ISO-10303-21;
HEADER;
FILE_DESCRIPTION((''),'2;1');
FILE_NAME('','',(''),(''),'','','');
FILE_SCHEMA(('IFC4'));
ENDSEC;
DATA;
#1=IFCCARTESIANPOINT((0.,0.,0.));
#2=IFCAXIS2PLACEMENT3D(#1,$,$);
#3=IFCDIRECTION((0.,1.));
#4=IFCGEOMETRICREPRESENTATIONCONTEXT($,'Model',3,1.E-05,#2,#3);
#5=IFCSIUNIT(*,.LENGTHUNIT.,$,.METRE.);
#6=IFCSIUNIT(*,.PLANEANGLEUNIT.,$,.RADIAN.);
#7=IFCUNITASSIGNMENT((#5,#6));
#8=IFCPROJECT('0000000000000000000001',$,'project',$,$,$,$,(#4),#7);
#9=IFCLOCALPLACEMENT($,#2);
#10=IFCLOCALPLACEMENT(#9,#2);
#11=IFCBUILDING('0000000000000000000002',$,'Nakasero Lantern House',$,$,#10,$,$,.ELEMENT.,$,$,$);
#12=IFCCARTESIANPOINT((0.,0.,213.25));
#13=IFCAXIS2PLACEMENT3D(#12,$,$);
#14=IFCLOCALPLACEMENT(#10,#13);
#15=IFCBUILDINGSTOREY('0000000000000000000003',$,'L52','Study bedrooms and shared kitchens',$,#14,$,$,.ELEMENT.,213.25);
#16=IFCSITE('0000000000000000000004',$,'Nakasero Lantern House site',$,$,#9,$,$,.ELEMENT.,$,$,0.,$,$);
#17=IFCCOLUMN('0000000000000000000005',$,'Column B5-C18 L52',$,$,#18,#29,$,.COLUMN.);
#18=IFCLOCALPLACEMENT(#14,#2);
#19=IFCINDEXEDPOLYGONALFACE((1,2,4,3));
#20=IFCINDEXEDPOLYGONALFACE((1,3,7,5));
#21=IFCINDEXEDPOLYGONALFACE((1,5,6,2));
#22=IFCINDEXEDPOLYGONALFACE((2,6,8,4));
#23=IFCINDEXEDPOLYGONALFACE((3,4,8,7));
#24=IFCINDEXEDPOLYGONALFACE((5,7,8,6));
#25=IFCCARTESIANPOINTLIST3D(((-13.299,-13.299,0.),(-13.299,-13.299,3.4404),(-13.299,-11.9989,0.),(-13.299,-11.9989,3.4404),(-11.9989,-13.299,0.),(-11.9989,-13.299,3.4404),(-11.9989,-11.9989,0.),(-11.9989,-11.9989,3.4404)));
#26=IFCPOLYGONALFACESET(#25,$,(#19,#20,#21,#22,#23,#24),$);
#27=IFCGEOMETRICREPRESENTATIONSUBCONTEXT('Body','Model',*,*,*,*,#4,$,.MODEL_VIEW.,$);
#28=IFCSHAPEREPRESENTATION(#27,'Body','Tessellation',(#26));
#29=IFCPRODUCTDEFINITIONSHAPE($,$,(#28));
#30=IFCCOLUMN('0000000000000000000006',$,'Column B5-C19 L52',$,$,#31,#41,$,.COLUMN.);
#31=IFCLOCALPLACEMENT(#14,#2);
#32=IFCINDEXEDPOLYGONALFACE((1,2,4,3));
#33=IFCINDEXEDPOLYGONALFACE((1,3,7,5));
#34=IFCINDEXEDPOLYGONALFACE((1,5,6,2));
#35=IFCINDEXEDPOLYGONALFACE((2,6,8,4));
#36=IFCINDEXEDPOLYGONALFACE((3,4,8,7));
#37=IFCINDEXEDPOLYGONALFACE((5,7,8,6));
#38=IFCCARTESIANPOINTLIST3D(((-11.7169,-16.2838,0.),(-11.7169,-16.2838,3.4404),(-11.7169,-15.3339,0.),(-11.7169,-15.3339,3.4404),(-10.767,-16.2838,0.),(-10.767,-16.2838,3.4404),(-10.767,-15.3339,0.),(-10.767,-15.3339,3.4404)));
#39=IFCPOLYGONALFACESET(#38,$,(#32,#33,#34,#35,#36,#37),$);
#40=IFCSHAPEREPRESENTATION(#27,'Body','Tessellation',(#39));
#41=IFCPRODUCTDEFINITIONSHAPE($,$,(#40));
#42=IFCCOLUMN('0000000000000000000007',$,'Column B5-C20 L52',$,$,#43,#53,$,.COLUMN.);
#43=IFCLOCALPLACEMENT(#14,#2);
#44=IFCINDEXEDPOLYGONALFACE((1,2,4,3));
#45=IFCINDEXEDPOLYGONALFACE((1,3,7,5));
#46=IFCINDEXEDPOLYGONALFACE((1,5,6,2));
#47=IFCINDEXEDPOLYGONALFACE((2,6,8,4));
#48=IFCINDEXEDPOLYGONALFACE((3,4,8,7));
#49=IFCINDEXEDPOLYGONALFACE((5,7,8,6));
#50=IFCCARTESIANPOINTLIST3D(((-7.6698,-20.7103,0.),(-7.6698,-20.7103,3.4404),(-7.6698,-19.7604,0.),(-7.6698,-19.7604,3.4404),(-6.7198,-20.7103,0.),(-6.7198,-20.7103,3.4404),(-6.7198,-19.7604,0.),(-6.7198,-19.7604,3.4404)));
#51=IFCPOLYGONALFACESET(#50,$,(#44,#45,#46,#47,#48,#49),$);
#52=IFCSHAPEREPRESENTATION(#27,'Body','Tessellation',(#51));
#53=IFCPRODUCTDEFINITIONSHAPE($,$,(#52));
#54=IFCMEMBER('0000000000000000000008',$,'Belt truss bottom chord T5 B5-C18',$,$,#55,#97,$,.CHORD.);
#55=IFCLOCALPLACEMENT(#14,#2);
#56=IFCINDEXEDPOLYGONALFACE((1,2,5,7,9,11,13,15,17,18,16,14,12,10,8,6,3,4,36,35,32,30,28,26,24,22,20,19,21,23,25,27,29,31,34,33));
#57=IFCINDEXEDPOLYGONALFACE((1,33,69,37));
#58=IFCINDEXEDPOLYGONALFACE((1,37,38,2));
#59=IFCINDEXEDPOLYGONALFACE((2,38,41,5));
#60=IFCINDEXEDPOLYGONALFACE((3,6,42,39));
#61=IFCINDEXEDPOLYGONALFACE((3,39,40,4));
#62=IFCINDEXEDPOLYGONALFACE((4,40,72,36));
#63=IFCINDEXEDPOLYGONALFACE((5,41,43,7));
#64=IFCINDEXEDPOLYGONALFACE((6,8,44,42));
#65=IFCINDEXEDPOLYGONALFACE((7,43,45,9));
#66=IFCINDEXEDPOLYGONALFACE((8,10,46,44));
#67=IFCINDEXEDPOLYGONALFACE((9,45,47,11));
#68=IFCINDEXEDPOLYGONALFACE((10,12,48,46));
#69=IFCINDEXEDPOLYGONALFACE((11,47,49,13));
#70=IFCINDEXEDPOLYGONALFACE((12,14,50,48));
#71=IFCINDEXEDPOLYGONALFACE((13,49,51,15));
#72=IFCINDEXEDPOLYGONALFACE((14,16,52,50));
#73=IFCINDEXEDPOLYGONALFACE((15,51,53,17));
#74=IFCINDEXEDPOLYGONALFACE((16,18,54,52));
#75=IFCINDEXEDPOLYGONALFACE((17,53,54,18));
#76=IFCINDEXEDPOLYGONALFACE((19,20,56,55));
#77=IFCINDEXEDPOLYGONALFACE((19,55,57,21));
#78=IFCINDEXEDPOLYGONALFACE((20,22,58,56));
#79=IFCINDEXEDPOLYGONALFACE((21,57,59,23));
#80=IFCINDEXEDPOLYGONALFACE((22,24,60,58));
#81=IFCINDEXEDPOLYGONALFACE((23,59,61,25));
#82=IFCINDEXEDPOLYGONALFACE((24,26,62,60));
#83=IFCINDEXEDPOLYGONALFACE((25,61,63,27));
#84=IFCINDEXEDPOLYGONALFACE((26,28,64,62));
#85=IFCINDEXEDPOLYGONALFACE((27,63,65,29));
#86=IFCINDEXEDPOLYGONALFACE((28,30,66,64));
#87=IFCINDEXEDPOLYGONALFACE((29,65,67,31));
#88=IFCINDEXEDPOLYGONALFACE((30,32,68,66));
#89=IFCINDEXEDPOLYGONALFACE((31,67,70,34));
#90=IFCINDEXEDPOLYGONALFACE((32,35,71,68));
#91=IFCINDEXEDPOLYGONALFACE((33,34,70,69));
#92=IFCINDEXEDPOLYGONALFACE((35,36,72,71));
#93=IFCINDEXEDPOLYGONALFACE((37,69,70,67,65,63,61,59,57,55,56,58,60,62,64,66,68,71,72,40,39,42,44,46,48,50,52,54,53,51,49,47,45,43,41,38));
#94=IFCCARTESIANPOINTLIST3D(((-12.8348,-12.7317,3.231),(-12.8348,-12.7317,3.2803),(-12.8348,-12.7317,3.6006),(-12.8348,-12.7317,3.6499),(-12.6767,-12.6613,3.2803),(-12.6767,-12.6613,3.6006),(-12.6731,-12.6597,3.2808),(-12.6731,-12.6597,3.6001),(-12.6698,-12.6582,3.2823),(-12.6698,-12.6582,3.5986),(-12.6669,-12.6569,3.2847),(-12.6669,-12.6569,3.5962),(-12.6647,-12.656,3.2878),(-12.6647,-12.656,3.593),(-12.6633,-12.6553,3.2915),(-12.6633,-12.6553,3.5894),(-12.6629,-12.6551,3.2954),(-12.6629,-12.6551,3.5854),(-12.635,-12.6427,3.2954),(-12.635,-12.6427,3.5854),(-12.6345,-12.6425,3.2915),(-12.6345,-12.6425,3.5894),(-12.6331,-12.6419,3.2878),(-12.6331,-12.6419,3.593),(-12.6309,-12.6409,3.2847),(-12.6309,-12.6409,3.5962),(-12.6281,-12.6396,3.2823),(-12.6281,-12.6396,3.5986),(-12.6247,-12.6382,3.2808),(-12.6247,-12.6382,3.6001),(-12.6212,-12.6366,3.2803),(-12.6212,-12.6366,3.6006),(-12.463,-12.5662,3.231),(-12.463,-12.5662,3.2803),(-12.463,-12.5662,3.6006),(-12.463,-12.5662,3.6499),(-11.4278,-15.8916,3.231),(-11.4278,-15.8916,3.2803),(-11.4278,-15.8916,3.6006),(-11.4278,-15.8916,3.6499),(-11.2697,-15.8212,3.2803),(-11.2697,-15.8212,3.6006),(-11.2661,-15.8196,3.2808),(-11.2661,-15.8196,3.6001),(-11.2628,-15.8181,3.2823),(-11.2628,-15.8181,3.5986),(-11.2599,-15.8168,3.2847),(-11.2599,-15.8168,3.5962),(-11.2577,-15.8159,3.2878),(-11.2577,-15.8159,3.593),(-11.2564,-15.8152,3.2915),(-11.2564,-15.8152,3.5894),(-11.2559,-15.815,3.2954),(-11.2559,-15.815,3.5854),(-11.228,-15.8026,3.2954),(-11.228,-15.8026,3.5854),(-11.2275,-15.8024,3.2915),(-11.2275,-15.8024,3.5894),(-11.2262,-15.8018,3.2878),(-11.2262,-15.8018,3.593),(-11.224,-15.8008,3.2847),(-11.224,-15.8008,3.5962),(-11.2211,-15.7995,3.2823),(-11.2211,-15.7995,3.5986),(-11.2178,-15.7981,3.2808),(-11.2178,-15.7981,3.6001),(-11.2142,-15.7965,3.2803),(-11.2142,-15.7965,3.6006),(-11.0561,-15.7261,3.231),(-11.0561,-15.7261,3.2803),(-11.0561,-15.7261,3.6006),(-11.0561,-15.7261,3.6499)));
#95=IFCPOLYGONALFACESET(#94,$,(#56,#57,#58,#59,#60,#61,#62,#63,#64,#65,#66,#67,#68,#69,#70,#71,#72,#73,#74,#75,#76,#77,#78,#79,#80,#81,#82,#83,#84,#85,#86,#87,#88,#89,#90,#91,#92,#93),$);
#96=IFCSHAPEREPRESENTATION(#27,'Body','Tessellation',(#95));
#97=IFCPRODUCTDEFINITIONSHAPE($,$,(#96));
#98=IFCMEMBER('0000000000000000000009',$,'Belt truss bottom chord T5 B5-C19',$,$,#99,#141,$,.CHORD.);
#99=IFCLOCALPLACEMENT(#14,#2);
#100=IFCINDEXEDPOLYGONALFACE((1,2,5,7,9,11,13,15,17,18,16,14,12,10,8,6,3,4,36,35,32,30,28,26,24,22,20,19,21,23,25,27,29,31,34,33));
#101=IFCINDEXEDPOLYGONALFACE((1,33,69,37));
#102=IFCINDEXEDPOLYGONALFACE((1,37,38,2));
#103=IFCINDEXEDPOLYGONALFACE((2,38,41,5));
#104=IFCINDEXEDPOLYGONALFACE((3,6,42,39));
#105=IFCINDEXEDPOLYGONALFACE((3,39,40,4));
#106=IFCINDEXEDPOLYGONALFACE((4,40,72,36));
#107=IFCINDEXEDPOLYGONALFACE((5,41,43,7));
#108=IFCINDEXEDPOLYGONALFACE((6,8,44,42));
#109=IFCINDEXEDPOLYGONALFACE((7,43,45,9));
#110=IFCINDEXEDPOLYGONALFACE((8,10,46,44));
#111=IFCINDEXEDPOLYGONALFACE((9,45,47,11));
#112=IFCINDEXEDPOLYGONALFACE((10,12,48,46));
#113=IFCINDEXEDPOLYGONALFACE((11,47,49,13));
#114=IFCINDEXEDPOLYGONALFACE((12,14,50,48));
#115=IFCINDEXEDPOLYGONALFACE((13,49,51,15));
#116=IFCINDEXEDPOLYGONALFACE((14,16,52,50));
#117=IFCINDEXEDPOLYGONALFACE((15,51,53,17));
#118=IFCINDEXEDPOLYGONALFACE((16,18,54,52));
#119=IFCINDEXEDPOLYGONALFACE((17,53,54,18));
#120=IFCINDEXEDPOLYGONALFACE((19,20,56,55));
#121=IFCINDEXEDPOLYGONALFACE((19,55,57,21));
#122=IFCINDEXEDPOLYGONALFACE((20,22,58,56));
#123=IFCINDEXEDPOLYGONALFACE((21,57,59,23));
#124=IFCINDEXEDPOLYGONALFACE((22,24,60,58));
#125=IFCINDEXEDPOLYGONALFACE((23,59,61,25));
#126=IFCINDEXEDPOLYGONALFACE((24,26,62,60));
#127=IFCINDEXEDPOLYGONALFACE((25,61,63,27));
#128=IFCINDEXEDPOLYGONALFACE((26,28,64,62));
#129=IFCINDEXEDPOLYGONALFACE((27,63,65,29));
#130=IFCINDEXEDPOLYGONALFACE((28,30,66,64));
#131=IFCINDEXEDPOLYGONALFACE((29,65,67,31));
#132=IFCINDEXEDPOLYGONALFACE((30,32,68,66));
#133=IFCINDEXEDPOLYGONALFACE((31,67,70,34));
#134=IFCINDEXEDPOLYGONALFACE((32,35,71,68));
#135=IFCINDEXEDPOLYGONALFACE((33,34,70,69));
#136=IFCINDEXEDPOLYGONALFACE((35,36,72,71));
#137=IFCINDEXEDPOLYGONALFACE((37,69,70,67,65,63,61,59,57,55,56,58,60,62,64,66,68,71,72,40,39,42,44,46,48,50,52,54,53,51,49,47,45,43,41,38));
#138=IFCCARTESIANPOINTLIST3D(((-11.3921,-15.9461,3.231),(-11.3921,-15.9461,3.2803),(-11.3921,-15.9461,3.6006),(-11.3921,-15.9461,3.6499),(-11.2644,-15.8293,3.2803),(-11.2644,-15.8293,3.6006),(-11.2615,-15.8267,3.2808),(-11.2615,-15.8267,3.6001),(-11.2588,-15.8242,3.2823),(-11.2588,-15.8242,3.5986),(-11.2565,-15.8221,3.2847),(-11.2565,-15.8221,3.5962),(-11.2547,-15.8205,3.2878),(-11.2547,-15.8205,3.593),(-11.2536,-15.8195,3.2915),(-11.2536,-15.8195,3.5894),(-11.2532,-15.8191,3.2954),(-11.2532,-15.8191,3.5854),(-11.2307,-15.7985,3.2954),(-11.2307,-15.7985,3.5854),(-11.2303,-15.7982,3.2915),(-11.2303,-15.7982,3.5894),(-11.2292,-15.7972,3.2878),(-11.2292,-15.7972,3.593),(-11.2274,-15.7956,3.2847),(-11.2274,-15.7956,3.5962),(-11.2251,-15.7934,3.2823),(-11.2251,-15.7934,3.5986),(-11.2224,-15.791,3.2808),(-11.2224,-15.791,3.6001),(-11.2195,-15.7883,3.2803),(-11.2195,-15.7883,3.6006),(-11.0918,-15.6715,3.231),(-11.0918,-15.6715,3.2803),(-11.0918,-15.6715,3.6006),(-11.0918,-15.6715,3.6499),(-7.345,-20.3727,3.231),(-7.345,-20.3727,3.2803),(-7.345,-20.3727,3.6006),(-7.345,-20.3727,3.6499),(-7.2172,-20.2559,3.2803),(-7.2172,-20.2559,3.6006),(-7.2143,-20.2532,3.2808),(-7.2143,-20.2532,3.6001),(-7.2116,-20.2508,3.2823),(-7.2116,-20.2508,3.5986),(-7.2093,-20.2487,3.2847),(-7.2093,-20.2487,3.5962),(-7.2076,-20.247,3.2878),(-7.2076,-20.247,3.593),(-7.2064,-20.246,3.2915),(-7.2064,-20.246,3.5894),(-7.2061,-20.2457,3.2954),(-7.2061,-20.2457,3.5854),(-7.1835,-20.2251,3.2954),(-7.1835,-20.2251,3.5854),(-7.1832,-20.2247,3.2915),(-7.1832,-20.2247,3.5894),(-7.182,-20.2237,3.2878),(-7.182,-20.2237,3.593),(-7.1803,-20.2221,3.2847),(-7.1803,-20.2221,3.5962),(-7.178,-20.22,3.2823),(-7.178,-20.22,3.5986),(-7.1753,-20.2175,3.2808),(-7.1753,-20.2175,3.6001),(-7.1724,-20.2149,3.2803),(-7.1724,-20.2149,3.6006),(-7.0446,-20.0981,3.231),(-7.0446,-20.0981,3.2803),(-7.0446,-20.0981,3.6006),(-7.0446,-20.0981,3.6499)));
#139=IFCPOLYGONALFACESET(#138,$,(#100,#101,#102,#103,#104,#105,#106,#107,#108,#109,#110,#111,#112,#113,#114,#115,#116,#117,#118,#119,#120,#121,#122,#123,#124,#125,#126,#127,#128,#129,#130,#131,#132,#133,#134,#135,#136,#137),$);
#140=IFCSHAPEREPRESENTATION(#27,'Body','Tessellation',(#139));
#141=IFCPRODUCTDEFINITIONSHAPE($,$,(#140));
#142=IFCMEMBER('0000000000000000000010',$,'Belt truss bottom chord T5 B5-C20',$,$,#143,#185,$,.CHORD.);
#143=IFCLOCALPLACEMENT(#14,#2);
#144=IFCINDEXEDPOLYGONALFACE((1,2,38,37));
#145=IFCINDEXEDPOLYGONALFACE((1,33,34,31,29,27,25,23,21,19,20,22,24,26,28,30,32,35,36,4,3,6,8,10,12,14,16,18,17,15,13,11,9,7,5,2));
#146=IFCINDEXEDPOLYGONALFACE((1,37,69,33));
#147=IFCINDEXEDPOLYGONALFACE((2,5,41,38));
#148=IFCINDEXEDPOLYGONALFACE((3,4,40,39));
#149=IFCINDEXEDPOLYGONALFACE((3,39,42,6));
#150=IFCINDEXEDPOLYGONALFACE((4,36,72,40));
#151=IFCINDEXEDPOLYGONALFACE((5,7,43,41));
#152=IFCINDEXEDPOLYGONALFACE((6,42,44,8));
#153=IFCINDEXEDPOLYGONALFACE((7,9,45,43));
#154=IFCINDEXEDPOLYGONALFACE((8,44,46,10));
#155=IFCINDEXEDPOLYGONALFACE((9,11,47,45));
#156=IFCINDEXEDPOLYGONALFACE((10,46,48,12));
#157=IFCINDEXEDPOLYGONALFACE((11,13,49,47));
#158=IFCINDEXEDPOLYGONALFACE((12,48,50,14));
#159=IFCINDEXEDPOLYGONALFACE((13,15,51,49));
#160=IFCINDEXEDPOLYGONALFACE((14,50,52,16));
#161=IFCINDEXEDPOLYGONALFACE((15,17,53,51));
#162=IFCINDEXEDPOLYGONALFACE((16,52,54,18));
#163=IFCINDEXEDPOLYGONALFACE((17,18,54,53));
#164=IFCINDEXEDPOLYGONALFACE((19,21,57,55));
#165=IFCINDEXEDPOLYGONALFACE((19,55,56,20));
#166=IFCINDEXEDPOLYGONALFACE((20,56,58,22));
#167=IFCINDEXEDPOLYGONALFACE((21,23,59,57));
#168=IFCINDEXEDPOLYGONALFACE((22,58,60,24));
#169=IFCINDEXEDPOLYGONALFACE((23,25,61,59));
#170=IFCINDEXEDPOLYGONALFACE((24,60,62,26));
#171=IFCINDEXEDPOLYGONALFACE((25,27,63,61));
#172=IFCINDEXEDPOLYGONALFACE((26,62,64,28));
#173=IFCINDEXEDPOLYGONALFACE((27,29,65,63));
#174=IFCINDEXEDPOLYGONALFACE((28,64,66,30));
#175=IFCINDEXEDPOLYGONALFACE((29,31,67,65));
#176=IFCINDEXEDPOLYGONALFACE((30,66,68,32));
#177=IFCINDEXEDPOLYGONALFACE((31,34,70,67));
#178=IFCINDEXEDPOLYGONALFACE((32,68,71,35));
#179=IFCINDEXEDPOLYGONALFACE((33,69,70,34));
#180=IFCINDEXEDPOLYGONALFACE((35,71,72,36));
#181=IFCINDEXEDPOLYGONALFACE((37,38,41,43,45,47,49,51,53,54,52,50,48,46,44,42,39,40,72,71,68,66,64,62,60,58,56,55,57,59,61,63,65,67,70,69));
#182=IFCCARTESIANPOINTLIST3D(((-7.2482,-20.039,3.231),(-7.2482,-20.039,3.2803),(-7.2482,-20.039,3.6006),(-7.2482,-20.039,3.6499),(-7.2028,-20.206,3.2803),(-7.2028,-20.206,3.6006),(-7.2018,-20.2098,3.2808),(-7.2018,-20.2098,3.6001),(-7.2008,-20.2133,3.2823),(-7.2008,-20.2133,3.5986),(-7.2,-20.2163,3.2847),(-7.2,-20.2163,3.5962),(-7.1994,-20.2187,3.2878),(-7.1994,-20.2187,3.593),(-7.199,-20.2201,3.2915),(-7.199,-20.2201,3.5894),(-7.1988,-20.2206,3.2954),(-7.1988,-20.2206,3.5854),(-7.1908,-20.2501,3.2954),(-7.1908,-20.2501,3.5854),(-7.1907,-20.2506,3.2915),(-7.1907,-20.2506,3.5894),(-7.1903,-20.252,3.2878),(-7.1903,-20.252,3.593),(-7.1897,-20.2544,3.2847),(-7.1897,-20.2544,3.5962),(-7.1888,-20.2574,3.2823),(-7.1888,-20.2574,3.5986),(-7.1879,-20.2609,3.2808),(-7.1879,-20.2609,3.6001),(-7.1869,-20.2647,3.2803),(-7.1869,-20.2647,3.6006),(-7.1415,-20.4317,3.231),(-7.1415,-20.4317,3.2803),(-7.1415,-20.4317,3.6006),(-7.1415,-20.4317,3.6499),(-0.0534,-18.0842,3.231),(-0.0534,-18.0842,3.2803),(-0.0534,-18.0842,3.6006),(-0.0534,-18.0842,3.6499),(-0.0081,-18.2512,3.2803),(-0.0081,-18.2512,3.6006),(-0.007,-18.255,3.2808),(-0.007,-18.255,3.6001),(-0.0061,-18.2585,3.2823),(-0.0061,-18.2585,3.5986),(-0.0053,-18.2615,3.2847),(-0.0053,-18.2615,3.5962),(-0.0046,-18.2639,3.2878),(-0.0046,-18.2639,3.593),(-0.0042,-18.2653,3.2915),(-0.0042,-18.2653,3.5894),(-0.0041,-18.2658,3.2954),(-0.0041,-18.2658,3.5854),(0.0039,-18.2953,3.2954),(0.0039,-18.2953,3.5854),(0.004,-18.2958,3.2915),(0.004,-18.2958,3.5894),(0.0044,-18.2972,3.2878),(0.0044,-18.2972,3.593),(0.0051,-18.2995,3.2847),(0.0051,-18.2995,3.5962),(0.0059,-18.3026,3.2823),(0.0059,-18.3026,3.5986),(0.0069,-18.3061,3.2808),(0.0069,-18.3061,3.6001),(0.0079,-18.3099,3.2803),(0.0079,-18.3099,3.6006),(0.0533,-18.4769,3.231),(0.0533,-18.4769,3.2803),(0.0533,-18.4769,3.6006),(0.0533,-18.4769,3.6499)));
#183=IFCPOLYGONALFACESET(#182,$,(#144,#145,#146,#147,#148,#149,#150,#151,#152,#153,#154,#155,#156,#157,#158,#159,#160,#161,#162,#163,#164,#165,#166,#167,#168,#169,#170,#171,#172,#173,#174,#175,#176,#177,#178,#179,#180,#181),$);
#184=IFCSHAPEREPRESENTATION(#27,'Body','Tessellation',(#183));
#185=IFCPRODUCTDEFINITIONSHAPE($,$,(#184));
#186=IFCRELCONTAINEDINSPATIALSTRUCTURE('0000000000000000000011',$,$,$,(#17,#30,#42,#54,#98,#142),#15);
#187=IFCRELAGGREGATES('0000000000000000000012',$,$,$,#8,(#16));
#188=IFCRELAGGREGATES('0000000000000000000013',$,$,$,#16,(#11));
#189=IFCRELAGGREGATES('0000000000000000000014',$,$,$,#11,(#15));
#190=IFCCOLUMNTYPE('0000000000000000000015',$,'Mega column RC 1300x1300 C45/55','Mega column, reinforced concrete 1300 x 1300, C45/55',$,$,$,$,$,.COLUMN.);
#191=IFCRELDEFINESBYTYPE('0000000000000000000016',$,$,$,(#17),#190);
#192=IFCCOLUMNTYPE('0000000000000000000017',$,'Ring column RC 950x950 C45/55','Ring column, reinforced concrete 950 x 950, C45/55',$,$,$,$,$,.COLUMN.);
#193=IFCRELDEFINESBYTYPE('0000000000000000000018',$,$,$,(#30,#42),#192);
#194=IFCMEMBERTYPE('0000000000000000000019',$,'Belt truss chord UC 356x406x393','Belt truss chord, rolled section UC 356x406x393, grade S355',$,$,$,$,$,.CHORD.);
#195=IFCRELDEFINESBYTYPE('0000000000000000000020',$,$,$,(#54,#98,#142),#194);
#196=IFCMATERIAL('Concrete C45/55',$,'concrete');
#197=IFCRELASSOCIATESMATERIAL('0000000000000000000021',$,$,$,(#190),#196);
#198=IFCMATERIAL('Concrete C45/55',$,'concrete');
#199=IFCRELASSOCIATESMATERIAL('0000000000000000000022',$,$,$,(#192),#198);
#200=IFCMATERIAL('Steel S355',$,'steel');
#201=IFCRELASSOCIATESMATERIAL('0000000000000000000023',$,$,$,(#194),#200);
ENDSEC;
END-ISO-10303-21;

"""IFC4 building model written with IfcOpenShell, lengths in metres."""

from ifc_helpers import new_model, si_unit, direction, frame, origin, origin_2d, place, context, subcontext, project, spatial, rectangle, i_section, extrude, material, material_profile, profile_set, type_object, element, save


model = new_model("IFC4")

# Units and contexts
model_context = context("Model", 3, precision=1e-05, world=origin(), true_north=direction((0.0, 1.0)))
body_context = subcontext(model_context, "Body", "Model", "MODEL_VIEW")
ifc_project = project(units=[si_unit("LENGTHUNIT", "METRE"), si_unit("PLANEANGLEUNIT", "RADIAN")], contexts=[model_context])

# Site, building, storey
site_placement = place(None, origin())
site = spatial("IfcSite", under=ifc_project, at=site_placement, Name="Nakasero Lantern House site", CompositionType="ELEMENT", RefElevation=0.0)
building_placement = place(site_placement, origin())
building = spatial("IfcBuilding", under=site, at=building_placement, Name="Nakasero Lantern House", CompositionType="ELEMENT")
storey_placement = place(building_placement, frame((0.0, 0.0, 213.25)))
storey = spatial("IfcBuildingStorey", under=building, at=storey_placement, Name="L52", Description="Study bedrooms and shared kitchens", CompositionType="ELEMENT", Elevation=213.25)

# Columns
ifc_material_1 = material(Name="Concrete C45/55", Category="concrete")
ifc_material_profile_1 = material_profile(ifc_material_1, rectangle(XDim=1.3, YDim=1.3, at=origin_2d()), Name="RC 1300x1300")
ifc_profile_set_1 = profile_set([ifc_material_profile_1], Name="Concrete C45/55")
column_type_1 = type_object("IfcColumnType", Name="Mega column RC 1300x1300 C45/55", Description="Mega column, reinforced concrete 1300 x 1300, C45/55", PredefinedType="COLUMN", material=ifc_profile_set_1)
column_placement = place(storey_placement, frame((-12.6489, -12.6489, 0.0), z_axis=(0.0, 0.0, 1.0), x_axis=(1.0, 0.0, 0.0)))
element("IfcColumn", 1, at=column_placement, inside=storey, type_object=column_type_1, Name="Column B5-C18 L52", PredefinedType="COLUMN", context=body_context, shape_type="SweptSolid", body=[
    extrude(rectangle(XDim=1.3, YDim=1.3, at=origin_2d()), origin(), (0.0, 0.0, 1.0), 3.4404),
])
ifc_material_2 = material(Name="Concrete C45/55", Category="concrete")
ifc_material_profile_2 = material_profile(ifc_material_2, rectangle(XDim=0.95, YDim=0.95, at=origin_2d()), Name="RC 950x950")
ifc_profile_set_2 = profile_set([ifc_material_profile_2], Name="Concrete C45/55")
column_type_2 = type_object("IfcColumnType", Name="Ring column RC 950x950 C45/55", Description="Ring column, reinforced concrete 950 x 950, C45/55", PredefinedType="COLUMN", material=ifc_profile_set_2)
for number, where, z_axis, x_axis, name in (
    (2, (-11.2419, -15.8088, 0.0), (0.0, 0.0, 1.0), (1.0, 0.0, 0.0), "Column B5-C19 L52"),
    (3, (-7.1948, -20.2354, 0.0), (0.0, 0.0, 1.0), (1.0, 0.0, 0.0), "Column B5-C20 L52"),
):
    element("IfcColumn", number, at=place(storey_placement, frame(where, z_axis=z_axis, x_axis=x_axis)), inside=storey, type_object=column_type_2, Name=name, PredefinedType="COLUMN", context=body_context, shape_type="SweptSolid", body=[
        extrude(rectangle(XDim=0.95, YDim=0.95, at=origin_2d()), origin(), (0.0, 0.0, 1.0), 3.4404),
    ])

# Members
ifc_material_3 = material(Name="Steel S355", Category="steel")
ifc_material_profile_3 = material_profile(ifc_material_3, i_section(OverallWidth=0.407, OverallDepth=0.4189, WebThickness=0.0305, FlangeThickness=0.0493, FilletRadius=0.0151, at=origin_2d()), Name="UC 356x406x393")
ifc_profile_set_3 = profile_set([ifc_material_profile_3], Name="Steel S355")
member_type_1 = type_object("IfcMemberType", Name="Belt truss chord UC 356x406x393", Description="Belt truss chord, rolled section UC 356x406x393, grade S355", PredefinedType="CHORD", material=ifc_profile_set_3)
member_1_placement = place(storey_placement, frame((-12.6489, -12.6489, 3.4404), z_axis=(0.406761, -0.913535, 0.0), x_axis=(0.913535, 0.406761, 0.0)))
element("IfcMember", 4, at=member_1_placement, inside=storey, type_object=member_type_1, Name="Belt truss bottom chord T5 B5-C18", PredefinedType="CHORD", context=body_context, shape_type="SweptSolid", body=[
    extrude(i_section(OverallWidth=0.407, OverallDepth=0.4189, WebThickness=0.0305, FlangeThickness=0.0493, FilletRadius=0.0151, at=origin_2d()), origin(), (0.0, 0.0, 1.0), 3.459),
])
member_2_placement = place(storey_placement, frame((-11.2419, -15.8088, 3.4404), z_axis=(0.674771, -0.738027, 0.0), x_axis=(0.738027, 0.674771, 0.0)))
element("IfcMember", 5, at=member_2_placement, inside=storey, type_object=member_type_1, Name="Belt truss bottom chord T5 B5-C19", PredefinedType="CHORD", context=body_context, shape_type="SweptSolid", body=[
    extrude(i_section(OverallWidth=0.407, OverallDepth=0.4189, WebThickness=0.0305, FlangeThickness=0.0493, FilletRadius=0.0151, at=origin_2d()), origin(), (0.0, 0.0, 1.0), 5.9978),
])
member_3_placement = place(storey_placement, frame((-7.1948, -20.2354, 3.4404), z_axis=(0.965015, 0.262195, 0.0), x_axis=(-0.262195, 0.965015, 0.0)))
element("IfcMember", 6, at=member_3_placement, inside=storey, type_object=member_type_1, Name="Belt truss bottom chord T5 B5-C20", PredefinedType="CHORD", context=body_context, shape_type="SweptSolid", body=[
    extrude(i_section(OverallWidth=0.407, OverallDepth=0.4189, WebThickness=0.0305, FlangeThickness=0.0493, FilletRadius=0.0151, at=origin_2d()), origin(), (0.0, 0.0, 1.0), 7.4556),
])

save(model, "model.ifc")
